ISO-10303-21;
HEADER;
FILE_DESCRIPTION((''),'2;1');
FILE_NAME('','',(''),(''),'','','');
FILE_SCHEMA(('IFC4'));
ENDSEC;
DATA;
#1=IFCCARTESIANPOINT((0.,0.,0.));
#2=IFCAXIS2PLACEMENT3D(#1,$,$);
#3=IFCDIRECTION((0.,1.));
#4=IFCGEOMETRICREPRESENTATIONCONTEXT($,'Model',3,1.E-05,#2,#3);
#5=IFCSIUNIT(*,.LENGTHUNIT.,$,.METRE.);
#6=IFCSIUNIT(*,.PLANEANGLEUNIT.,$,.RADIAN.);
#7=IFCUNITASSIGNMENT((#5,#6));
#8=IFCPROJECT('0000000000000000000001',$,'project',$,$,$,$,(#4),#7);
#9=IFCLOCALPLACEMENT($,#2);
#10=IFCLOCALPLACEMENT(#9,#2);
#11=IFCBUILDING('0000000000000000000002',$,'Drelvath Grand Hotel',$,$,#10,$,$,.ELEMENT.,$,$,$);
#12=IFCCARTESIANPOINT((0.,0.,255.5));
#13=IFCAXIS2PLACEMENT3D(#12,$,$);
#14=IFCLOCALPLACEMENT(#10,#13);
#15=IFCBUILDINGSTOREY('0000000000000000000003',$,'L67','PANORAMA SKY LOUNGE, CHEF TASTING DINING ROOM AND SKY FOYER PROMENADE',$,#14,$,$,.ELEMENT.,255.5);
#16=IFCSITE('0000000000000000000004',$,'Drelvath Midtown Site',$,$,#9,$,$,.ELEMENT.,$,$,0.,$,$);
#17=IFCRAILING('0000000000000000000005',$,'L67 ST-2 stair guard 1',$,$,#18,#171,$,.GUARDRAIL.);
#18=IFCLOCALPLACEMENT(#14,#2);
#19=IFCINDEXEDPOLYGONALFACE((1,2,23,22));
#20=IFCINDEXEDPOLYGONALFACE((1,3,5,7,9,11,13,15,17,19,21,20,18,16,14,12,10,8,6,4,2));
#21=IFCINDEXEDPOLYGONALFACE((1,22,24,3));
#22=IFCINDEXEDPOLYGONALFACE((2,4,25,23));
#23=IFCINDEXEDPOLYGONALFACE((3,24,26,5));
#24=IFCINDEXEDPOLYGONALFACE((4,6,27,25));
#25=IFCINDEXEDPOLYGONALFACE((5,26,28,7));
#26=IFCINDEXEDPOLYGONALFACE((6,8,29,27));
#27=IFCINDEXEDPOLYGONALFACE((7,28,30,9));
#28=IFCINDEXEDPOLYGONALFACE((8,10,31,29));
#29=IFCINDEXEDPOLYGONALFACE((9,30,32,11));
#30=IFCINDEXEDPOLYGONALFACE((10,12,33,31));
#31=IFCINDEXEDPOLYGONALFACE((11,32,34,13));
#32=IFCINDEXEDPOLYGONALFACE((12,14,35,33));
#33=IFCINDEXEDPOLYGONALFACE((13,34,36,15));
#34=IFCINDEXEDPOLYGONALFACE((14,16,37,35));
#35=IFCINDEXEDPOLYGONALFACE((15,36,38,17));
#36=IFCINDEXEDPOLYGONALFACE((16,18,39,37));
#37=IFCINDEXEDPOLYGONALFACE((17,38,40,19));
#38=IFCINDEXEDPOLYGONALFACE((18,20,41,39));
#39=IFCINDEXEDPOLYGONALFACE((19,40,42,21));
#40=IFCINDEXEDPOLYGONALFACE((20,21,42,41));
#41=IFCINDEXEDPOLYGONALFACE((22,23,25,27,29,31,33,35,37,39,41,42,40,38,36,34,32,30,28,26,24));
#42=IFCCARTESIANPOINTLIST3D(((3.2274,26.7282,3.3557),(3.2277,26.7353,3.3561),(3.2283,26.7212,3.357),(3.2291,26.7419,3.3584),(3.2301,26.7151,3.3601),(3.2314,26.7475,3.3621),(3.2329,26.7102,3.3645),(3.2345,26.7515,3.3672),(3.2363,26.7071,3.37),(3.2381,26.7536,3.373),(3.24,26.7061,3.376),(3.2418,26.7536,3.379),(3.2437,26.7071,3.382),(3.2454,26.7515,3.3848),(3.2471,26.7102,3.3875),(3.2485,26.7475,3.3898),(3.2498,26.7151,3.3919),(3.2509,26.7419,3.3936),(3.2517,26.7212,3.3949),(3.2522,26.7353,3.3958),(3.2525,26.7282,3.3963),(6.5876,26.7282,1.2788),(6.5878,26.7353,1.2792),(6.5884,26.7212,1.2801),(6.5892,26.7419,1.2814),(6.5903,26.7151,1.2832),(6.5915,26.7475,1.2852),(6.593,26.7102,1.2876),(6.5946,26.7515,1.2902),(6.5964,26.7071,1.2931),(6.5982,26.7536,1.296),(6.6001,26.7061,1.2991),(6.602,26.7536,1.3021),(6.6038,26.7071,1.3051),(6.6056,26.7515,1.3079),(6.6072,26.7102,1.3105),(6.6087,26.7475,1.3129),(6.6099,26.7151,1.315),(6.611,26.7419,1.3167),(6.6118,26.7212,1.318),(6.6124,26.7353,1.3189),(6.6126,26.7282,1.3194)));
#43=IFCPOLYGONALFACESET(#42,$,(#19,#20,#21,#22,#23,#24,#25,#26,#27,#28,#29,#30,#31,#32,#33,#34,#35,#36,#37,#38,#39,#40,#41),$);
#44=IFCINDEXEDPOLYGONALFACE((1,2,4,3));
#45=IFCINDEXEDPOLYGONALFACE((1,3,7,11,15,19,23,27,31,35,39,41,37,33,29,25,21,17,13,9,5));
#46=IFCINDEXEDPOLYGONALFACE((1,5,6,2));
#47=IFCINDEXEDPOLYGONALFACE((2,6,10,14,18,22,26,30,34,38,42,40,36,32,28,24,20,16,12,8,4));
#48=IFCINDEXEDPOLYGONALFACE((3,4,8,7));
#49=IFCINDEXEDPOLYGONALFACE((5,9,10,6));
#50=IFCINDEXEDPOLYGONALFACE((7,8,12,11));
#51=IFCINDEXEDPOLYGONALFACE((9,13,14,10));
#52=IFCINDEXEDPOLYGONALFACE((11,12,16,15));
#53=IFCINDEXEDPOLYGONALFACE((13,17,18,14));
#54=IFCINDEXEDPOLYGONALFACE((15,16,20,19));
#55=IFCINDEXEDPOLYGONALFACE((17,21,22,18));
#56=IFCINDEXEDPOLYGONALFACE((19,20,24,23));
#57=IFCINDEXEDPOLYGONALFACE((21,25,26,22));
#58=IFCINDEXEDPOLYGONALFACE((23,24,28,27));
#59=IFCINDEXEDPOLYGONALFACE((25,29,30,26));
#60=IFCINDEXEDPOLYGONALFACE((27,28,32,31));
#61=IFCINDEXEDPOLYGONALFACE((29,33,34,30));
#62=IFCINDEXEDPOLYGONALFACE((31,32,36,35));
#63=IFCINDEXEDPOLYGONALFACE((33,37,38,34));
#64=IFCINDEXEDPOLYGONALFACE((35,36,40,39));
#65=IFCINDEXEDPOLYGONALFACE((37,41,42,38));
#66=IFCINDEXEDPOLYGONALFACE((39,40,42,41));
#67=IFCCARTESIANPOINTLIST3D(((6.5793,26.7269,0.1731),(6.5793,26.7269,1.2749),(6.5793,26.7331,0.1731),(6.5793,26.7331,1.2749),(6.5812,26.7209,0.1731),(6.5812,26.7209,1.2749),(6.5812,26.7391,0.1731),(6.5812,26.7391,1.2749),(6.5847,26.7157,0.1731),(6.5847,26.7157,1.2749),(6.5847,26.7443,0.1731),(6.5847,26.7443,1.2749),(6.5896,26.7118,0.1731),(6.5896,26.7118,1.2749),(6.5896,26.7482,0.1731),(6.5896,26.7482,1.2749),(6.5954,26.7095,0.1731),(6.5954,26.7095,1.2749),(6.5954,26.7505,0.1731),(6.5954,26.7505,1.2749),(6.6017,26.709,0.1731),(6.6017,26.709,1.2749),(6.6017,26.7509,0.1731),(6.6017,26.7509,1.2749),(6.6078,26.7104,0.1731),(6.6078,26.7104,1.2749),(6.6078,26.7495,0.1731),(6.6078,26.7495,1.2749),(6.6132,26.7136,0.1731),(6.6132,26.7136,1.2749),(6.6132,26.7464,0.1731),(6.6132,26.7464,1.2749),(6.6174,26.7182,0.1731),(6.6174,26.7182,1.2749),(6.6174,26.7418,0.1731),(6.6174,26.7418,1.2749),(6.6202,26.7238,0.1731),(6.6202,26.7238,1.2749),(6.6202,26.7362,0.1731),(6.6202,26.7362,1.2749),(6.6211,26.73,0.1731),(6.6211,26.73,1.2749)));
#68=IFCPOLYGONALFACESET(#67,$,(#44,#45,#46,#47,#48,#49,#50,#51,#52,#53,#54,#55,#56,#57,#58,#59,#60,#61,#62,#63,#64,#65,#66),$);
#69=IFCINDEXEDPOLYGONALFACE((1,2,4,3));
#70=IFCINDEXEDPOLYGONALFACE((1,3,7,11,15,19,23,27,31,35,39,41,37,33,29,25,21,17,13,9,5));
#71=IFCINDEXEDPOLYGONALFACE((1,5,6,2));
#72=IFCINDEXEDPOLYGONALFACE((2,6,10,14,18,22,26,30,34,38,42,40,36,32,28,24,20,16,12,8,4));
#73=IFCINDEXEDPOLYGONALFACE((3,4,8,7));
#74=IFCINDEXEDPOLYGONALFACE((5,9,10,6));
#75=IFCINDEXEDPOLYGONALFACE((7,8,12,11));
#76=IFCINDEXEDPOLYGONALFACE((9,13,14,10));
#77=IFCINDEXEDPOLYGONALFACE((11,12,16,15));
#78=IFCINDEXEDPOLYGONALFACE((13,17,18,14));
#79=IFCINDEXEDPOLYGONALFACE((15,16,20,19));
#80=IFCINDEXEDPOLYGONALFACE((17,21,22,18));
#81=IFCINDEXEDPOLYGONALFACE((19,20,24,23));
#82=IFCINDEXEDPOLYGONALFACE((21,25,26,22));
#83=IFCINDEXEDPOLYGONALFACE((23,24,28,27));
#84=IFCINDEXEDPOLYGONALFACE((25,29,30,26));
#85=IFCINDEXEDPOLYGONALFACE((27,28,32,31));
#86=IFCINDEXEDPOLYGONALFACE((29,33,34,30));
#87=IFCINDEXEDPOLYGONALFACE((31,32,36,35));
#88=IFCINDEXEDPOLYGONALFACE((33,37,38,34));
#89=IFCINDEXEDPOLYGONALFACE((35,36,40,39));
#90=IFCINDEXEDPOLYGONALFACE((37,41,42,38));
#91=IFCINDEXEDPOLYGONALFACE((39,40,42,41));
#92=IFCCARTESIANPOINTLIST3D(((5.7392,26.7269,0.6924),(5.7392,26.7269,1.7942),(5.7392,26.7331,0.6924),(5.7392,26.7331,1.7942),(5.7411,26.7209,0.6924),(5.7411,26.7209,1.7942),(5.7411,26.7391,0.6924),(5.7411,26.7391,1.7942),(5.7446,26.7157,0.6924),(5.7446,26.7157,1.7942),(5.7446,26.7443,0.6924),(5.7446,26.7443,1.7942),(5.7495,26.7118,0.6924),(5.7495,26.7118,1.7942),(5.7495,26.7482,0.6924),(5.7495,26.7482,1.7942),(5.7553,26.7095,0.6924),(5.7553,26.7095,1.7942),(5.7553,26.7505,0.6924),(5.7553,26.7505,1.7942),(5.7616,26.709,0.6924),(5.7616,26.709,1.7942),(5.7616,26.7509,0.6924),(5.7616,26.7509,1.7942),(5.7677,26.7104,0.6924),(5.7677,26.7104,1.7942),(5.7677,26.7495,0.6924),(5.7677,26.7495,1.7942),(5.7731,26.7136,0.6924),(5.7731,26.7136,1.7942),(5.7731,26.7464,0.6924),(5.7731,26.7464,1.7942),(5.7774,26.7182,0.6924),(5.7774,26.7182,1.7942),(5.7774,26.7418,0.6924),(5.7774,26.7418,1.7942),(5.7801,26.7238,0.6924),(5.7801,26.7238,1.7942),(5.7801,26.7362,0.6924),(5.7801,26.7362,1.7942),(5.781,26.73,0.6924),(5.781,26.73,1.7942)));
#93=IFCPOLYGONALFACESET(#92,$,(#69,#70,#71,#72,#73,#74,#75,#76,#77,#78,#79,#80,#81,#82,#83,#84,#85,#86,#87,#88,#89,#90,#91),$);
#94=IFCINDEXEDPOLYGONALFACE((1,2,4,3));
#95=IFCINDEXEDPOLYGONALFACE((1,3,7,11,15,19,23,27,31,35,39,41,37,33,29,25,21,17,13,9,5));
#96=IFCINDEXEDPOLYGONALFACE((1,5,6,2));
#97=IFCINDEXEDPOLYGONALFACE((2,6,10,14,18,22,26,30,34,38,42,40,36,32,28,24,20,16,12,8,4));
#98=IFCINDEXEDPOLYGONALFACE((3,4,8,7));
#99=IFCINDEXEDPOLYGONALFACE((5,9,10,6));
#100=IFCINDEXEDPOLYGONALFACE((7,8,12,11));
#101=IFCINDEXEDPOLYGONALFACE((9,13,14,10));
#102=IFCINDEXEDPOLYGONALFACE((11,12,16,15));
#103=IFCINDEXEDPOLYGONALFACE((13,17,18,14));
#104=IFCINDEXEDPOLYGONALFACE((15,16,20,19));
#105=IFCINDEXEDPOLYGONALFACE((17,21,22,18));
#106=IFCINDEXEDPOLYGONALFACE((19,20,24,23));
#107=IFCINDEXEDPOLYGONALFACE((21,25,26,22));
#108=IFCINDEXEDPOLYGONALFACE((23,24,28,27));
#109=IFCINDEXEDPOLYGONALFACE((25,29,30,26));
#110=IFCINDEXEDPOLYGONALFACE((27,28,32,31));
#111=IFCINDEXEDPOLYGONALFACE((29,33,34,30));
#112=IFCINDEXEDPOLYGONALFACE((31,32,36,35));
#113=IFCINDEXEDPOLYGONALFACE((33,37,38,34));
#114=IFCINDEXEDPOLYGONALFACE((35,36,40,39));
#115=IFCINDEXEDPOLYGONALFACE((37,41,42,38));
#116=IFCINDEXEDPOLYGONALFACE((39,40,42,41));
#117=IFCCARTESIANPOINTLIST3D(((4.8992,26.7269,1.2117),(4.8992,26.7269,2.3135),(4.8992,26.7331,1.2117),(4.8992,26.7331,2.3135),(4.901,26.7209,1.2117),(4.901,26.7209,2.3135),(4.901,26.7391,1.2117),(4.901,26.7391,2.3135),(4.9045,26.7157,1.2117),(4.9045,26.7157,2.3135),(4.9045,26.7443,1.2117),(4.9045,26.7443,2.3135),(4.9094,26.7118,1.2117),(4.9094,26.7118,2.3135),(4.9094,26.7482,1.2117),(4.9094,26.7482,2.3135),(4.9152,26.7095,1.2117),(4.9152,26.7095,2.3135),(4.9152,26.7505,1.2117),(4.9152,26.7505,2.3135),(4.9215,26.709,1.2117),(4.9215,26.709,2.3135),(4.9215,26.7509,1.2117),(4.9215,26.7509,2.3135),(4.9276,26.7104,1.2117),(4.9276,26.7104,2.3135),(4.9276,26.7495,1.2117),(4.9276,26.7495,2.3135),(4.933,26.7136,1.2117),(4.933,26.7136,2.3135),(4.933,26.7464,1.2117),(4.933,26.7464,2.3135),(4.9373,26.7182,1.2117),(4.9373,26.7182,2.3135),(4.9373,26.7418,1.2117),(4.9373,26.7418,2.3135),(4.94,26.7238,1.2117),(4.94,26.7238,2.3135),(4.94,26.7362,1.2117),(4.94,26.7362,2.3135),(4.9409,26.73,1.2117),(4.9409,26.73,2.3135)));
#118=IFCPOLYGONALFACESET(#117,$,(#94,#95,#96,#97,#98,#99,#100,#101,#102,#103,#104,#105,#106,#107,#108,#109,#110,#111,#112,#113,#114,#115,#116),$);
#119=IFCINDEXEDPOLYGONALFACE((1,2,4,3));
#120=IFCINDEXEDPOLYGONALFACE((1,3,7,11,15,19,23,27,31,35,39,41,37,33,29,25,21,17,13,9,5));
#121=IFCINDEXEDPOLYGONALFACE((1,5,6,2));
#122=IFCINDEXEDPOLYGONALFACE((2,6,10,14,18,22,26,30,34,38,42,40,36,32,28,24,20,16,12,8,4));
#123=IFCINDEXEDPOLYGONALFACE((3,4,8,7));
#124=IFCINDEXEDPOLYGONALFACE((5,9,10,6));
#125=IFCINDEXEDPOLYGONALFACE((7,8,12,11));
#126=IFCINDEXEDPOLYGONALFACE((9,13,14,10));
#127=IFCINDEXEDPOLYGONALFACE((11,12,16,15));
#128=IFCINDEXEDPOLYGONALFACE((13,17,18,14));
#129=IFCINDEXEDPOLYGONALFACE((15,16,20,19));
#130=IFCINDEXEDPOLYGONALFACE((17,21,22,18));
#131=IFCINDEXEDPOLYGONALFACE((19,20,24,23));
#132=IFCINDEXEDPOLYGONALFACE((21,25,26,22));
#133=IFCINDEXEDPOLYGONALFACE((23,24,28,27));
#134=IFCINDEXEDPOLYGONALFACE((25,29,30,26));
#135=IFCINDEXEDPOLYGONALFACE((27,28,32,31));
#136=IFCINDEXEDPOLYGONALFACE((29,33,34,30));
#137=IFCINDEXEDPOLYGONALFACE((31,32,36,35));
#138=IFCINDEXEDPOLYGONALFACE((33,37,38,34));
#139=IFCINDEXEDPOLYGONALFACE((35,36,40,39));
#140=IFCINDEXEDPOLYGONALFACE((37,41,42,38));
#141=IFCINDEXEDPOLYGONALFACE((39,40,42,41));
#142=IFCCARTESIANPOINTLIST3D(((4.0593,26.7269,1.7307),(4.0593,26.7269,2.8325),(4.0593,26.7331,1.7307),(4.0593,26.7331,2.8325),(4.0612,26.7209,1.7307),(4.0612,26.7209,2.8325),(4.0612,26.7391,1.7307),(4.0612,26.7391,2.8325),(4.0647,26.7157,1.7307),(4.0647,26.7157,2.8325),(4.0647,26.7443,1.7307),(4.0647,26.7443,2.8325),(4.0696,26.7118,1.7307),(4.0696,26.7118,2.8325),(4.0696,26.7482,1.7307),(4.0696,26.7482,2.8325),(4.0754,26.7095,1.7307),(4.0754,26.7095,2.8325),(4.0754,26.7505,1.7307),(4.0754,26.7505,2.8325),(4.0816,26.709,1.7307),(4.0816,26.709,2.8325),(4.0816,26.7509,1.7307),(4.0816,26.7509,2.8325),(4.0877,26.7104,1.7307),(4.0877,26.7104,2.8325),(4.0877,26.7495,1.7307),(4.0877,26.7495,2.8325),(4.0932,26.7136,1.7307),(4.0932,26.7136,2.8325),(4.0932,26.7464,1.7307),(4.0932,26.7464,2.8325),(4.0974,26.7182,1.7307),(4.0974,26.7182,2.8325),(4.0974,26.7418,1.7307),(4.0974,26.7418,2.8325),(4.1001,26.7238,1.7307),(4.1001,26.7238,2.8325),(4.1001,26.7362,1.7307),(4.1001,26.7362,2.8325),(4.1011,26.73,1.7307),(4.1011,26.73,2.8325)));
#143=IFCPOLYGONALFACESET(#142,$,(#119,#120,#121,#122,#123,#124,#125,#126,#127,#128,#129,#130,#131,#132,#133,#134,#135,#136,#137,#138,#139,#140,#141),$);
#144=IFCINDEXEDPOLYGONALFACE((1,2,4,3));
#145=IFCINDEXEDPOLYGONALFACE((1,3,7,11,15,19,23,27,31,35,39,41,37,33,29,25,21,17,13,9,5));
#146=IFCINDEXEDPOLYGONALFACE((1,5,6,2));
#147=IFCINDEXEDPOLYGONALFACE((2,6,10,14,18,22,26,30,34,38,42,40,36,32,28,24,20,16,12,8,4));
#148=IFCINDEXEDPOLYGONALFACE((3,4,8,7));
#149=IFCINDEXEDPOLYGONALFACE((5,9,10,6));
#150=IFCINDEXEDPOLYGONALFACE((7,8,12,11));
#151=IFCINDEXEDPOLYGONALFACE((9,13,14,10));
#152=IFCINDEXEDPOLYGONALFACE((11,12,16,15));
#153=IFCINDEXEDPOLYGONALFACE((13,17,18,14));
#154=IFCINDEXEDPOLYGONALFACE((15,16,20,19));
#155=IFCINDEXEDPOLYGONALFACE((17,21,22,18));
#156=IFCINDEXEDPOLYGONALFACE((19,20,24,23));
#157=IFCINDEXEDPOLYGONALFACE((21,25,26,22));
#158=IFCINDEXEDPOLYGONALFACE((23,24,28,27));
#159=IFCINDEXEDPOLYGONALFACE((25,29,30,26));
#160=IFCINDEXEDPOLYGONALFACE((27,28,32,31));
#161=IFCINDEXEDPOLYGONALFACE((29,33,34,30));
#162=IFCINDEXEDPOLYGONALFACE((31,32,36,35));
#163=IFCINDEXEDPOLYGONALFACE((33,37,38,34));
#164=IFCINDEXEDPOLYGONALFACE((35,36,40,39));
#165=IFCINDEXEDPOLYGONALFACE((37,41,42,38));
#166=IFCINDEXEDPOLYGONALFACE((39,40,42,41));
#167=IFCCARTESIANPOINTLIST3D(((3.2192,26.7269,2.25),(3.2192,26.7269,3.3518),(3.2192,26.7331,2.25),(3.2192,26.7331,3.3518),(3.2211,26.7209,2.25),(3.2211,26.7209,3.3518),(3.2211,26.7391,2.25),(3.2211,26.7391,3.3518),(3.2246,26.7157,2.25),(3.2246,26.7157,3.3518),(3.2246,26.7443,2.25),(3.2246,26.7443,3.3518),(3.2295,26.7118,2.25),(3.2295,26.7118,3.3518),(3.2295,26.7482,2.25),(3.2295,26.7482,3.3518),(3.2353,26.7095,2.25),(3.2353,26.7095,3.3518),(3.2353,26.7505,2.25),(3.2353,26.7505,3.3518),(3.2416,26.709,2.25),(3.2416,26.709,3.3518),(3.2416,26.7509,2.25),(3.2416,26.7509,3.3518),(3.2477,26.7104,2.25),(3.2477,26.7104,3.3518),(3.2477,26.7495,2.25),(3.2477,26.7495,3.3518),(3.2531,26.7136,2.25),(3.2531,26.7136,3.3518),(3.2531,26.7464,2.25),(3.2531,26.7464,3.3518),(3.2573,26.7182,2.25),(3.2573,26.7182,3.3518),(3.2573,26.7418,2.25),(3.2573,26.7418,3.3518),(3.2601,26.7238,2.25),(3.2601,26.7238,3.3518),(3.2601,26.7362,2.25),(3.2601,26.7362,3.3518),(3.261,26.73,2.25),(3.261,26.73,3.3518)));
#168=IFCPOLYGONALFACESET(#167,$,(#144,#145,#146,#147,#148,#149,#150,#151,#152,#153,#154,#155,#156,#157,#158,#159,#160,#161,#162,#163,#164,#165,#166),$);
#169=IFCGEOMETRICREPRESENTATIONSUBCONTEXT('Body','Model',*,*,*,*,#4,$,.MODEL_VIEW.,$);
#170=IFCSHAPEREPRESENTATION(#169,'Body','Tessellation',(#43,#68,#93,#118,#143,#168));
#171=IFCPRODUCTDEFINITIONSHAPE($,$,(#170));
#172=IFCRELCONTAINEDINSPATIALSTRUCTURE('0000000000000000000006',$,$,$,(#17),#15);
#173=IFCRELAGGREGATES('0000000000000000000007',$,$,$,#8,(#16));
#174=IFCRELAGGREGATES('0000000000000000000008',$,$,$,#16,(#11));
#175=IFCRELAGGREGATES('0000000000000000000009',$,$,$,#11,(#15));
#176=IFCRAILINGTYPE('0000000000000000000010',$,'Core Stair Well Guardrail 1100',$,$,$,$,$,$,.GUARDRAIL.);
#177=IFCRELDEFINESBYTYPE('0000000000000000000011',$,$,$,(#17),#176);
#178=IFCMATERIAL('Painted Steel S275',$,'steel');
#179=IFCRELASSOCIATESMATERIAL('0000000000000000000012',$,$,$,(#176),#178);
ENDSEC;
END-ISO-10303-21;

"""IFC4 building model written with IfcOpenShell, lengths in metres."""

from ifc_helpers import new_model, si_unit, direction, frame, origin, origin_2d, place, context, subcontext, project, spatial, circle, extrude, material, type_object, element, save


model = new_model("IFC4")

# Units and contexts
model_context = context("Model", 3, precision=1e-05, world=origin(), true_north=direction((0.0, 1.0)))
body_context = subcontext(model_context, "Body", "Model", "MODEL_VIEW")
ifc_project = project(units=[si_unit("LENGTHUNIT", "METRE"), si_unit("PLANEANGLEUNIT", "RADIAN")], contexts=[model_context])

# Site, building, storey
site_placement = place(None, origin())
site = spatial("IfcSite", under=ifc_project, at=site_placement, Name="Drelvath Midtown Site", CompositionType="ELEMENT", RefElevation=0.0)
building_placement = place(site_placement, origin())
building = spatial("IfcBuilding", under=site, at=building_placement, Name="Drelvath Grand Hotel", CompositionType="ELEMENT")
storey_placement = place(building_placement, frame((0.0, 0.0, 255.5)))
storey = spatial("IfcBuildingStorey", under=building, at=storey_placement, Name="L67", Description="PANORAMA SKY LOUNGE, CHEF TASTING DINING ROOM AND SKY FOYER PROMENADE", CompositionType="ELEMENT", Elevation=255.5)

# Railing
ifc_material_1 = material(Name="Painted Steel S275", Category="steel")
railing_type_1 = type_object("IfcRailingType", Name="Core Stair Well Guardrail 1100", PredefinedType="GUARDRAIL", material=ifc_material_1)
railing_1_placement = place(storey_placement, frame((6.6001, 26.73, 0.1731)))
element("IfcRailing", 1, at=railing_1_placement, inside=storey, type_object=railing_type_1, Name="L67 ST-2 stair guard 1", PredefinedType="GUARDRAIL", context=body_context, shape_type="SweptSolid", body=[
    extrude(circle(Radius=0.0239, at=origin_2d()), frame((0.0, 0.0, 1.126), z_axis=(-0.850623, 0.0, 0.525776), x_axis=(0.0, -1.0, 0.0)), (0.0, 0.0, 1.0), 3.9502),
    extrude(circle(Radius=0.021, at=origin_2d()), origin(), (0.0, 0.0, 1.0), 1.1018),
    extrude(circle(Radius=0.021, at=origin_2d()), frame((-0.8401, 0.0, 0.5193)), (0.0, 0.0, 1.0), 1.1018),
    extrude(circle(Radius=0.021, at=origin_2d()), frame((-1.6802, 0.0, 1.0386)), (0.0, 0.0, 1.0), 1.1018),
    extrude(circle(Radius=0.021, at=origin_2d()), frame((-2.52, 0.0, 1.5576)), (0.0, 0.0, 1.0), 1.1018),
    extrude(circle(Radius=0.021, at=origin_2d()), frame((-3.3601, 0.0, 2.0769)), (0.0, 0.0, 1.0), 1.1018),
])

save(model, "model.ifc")
